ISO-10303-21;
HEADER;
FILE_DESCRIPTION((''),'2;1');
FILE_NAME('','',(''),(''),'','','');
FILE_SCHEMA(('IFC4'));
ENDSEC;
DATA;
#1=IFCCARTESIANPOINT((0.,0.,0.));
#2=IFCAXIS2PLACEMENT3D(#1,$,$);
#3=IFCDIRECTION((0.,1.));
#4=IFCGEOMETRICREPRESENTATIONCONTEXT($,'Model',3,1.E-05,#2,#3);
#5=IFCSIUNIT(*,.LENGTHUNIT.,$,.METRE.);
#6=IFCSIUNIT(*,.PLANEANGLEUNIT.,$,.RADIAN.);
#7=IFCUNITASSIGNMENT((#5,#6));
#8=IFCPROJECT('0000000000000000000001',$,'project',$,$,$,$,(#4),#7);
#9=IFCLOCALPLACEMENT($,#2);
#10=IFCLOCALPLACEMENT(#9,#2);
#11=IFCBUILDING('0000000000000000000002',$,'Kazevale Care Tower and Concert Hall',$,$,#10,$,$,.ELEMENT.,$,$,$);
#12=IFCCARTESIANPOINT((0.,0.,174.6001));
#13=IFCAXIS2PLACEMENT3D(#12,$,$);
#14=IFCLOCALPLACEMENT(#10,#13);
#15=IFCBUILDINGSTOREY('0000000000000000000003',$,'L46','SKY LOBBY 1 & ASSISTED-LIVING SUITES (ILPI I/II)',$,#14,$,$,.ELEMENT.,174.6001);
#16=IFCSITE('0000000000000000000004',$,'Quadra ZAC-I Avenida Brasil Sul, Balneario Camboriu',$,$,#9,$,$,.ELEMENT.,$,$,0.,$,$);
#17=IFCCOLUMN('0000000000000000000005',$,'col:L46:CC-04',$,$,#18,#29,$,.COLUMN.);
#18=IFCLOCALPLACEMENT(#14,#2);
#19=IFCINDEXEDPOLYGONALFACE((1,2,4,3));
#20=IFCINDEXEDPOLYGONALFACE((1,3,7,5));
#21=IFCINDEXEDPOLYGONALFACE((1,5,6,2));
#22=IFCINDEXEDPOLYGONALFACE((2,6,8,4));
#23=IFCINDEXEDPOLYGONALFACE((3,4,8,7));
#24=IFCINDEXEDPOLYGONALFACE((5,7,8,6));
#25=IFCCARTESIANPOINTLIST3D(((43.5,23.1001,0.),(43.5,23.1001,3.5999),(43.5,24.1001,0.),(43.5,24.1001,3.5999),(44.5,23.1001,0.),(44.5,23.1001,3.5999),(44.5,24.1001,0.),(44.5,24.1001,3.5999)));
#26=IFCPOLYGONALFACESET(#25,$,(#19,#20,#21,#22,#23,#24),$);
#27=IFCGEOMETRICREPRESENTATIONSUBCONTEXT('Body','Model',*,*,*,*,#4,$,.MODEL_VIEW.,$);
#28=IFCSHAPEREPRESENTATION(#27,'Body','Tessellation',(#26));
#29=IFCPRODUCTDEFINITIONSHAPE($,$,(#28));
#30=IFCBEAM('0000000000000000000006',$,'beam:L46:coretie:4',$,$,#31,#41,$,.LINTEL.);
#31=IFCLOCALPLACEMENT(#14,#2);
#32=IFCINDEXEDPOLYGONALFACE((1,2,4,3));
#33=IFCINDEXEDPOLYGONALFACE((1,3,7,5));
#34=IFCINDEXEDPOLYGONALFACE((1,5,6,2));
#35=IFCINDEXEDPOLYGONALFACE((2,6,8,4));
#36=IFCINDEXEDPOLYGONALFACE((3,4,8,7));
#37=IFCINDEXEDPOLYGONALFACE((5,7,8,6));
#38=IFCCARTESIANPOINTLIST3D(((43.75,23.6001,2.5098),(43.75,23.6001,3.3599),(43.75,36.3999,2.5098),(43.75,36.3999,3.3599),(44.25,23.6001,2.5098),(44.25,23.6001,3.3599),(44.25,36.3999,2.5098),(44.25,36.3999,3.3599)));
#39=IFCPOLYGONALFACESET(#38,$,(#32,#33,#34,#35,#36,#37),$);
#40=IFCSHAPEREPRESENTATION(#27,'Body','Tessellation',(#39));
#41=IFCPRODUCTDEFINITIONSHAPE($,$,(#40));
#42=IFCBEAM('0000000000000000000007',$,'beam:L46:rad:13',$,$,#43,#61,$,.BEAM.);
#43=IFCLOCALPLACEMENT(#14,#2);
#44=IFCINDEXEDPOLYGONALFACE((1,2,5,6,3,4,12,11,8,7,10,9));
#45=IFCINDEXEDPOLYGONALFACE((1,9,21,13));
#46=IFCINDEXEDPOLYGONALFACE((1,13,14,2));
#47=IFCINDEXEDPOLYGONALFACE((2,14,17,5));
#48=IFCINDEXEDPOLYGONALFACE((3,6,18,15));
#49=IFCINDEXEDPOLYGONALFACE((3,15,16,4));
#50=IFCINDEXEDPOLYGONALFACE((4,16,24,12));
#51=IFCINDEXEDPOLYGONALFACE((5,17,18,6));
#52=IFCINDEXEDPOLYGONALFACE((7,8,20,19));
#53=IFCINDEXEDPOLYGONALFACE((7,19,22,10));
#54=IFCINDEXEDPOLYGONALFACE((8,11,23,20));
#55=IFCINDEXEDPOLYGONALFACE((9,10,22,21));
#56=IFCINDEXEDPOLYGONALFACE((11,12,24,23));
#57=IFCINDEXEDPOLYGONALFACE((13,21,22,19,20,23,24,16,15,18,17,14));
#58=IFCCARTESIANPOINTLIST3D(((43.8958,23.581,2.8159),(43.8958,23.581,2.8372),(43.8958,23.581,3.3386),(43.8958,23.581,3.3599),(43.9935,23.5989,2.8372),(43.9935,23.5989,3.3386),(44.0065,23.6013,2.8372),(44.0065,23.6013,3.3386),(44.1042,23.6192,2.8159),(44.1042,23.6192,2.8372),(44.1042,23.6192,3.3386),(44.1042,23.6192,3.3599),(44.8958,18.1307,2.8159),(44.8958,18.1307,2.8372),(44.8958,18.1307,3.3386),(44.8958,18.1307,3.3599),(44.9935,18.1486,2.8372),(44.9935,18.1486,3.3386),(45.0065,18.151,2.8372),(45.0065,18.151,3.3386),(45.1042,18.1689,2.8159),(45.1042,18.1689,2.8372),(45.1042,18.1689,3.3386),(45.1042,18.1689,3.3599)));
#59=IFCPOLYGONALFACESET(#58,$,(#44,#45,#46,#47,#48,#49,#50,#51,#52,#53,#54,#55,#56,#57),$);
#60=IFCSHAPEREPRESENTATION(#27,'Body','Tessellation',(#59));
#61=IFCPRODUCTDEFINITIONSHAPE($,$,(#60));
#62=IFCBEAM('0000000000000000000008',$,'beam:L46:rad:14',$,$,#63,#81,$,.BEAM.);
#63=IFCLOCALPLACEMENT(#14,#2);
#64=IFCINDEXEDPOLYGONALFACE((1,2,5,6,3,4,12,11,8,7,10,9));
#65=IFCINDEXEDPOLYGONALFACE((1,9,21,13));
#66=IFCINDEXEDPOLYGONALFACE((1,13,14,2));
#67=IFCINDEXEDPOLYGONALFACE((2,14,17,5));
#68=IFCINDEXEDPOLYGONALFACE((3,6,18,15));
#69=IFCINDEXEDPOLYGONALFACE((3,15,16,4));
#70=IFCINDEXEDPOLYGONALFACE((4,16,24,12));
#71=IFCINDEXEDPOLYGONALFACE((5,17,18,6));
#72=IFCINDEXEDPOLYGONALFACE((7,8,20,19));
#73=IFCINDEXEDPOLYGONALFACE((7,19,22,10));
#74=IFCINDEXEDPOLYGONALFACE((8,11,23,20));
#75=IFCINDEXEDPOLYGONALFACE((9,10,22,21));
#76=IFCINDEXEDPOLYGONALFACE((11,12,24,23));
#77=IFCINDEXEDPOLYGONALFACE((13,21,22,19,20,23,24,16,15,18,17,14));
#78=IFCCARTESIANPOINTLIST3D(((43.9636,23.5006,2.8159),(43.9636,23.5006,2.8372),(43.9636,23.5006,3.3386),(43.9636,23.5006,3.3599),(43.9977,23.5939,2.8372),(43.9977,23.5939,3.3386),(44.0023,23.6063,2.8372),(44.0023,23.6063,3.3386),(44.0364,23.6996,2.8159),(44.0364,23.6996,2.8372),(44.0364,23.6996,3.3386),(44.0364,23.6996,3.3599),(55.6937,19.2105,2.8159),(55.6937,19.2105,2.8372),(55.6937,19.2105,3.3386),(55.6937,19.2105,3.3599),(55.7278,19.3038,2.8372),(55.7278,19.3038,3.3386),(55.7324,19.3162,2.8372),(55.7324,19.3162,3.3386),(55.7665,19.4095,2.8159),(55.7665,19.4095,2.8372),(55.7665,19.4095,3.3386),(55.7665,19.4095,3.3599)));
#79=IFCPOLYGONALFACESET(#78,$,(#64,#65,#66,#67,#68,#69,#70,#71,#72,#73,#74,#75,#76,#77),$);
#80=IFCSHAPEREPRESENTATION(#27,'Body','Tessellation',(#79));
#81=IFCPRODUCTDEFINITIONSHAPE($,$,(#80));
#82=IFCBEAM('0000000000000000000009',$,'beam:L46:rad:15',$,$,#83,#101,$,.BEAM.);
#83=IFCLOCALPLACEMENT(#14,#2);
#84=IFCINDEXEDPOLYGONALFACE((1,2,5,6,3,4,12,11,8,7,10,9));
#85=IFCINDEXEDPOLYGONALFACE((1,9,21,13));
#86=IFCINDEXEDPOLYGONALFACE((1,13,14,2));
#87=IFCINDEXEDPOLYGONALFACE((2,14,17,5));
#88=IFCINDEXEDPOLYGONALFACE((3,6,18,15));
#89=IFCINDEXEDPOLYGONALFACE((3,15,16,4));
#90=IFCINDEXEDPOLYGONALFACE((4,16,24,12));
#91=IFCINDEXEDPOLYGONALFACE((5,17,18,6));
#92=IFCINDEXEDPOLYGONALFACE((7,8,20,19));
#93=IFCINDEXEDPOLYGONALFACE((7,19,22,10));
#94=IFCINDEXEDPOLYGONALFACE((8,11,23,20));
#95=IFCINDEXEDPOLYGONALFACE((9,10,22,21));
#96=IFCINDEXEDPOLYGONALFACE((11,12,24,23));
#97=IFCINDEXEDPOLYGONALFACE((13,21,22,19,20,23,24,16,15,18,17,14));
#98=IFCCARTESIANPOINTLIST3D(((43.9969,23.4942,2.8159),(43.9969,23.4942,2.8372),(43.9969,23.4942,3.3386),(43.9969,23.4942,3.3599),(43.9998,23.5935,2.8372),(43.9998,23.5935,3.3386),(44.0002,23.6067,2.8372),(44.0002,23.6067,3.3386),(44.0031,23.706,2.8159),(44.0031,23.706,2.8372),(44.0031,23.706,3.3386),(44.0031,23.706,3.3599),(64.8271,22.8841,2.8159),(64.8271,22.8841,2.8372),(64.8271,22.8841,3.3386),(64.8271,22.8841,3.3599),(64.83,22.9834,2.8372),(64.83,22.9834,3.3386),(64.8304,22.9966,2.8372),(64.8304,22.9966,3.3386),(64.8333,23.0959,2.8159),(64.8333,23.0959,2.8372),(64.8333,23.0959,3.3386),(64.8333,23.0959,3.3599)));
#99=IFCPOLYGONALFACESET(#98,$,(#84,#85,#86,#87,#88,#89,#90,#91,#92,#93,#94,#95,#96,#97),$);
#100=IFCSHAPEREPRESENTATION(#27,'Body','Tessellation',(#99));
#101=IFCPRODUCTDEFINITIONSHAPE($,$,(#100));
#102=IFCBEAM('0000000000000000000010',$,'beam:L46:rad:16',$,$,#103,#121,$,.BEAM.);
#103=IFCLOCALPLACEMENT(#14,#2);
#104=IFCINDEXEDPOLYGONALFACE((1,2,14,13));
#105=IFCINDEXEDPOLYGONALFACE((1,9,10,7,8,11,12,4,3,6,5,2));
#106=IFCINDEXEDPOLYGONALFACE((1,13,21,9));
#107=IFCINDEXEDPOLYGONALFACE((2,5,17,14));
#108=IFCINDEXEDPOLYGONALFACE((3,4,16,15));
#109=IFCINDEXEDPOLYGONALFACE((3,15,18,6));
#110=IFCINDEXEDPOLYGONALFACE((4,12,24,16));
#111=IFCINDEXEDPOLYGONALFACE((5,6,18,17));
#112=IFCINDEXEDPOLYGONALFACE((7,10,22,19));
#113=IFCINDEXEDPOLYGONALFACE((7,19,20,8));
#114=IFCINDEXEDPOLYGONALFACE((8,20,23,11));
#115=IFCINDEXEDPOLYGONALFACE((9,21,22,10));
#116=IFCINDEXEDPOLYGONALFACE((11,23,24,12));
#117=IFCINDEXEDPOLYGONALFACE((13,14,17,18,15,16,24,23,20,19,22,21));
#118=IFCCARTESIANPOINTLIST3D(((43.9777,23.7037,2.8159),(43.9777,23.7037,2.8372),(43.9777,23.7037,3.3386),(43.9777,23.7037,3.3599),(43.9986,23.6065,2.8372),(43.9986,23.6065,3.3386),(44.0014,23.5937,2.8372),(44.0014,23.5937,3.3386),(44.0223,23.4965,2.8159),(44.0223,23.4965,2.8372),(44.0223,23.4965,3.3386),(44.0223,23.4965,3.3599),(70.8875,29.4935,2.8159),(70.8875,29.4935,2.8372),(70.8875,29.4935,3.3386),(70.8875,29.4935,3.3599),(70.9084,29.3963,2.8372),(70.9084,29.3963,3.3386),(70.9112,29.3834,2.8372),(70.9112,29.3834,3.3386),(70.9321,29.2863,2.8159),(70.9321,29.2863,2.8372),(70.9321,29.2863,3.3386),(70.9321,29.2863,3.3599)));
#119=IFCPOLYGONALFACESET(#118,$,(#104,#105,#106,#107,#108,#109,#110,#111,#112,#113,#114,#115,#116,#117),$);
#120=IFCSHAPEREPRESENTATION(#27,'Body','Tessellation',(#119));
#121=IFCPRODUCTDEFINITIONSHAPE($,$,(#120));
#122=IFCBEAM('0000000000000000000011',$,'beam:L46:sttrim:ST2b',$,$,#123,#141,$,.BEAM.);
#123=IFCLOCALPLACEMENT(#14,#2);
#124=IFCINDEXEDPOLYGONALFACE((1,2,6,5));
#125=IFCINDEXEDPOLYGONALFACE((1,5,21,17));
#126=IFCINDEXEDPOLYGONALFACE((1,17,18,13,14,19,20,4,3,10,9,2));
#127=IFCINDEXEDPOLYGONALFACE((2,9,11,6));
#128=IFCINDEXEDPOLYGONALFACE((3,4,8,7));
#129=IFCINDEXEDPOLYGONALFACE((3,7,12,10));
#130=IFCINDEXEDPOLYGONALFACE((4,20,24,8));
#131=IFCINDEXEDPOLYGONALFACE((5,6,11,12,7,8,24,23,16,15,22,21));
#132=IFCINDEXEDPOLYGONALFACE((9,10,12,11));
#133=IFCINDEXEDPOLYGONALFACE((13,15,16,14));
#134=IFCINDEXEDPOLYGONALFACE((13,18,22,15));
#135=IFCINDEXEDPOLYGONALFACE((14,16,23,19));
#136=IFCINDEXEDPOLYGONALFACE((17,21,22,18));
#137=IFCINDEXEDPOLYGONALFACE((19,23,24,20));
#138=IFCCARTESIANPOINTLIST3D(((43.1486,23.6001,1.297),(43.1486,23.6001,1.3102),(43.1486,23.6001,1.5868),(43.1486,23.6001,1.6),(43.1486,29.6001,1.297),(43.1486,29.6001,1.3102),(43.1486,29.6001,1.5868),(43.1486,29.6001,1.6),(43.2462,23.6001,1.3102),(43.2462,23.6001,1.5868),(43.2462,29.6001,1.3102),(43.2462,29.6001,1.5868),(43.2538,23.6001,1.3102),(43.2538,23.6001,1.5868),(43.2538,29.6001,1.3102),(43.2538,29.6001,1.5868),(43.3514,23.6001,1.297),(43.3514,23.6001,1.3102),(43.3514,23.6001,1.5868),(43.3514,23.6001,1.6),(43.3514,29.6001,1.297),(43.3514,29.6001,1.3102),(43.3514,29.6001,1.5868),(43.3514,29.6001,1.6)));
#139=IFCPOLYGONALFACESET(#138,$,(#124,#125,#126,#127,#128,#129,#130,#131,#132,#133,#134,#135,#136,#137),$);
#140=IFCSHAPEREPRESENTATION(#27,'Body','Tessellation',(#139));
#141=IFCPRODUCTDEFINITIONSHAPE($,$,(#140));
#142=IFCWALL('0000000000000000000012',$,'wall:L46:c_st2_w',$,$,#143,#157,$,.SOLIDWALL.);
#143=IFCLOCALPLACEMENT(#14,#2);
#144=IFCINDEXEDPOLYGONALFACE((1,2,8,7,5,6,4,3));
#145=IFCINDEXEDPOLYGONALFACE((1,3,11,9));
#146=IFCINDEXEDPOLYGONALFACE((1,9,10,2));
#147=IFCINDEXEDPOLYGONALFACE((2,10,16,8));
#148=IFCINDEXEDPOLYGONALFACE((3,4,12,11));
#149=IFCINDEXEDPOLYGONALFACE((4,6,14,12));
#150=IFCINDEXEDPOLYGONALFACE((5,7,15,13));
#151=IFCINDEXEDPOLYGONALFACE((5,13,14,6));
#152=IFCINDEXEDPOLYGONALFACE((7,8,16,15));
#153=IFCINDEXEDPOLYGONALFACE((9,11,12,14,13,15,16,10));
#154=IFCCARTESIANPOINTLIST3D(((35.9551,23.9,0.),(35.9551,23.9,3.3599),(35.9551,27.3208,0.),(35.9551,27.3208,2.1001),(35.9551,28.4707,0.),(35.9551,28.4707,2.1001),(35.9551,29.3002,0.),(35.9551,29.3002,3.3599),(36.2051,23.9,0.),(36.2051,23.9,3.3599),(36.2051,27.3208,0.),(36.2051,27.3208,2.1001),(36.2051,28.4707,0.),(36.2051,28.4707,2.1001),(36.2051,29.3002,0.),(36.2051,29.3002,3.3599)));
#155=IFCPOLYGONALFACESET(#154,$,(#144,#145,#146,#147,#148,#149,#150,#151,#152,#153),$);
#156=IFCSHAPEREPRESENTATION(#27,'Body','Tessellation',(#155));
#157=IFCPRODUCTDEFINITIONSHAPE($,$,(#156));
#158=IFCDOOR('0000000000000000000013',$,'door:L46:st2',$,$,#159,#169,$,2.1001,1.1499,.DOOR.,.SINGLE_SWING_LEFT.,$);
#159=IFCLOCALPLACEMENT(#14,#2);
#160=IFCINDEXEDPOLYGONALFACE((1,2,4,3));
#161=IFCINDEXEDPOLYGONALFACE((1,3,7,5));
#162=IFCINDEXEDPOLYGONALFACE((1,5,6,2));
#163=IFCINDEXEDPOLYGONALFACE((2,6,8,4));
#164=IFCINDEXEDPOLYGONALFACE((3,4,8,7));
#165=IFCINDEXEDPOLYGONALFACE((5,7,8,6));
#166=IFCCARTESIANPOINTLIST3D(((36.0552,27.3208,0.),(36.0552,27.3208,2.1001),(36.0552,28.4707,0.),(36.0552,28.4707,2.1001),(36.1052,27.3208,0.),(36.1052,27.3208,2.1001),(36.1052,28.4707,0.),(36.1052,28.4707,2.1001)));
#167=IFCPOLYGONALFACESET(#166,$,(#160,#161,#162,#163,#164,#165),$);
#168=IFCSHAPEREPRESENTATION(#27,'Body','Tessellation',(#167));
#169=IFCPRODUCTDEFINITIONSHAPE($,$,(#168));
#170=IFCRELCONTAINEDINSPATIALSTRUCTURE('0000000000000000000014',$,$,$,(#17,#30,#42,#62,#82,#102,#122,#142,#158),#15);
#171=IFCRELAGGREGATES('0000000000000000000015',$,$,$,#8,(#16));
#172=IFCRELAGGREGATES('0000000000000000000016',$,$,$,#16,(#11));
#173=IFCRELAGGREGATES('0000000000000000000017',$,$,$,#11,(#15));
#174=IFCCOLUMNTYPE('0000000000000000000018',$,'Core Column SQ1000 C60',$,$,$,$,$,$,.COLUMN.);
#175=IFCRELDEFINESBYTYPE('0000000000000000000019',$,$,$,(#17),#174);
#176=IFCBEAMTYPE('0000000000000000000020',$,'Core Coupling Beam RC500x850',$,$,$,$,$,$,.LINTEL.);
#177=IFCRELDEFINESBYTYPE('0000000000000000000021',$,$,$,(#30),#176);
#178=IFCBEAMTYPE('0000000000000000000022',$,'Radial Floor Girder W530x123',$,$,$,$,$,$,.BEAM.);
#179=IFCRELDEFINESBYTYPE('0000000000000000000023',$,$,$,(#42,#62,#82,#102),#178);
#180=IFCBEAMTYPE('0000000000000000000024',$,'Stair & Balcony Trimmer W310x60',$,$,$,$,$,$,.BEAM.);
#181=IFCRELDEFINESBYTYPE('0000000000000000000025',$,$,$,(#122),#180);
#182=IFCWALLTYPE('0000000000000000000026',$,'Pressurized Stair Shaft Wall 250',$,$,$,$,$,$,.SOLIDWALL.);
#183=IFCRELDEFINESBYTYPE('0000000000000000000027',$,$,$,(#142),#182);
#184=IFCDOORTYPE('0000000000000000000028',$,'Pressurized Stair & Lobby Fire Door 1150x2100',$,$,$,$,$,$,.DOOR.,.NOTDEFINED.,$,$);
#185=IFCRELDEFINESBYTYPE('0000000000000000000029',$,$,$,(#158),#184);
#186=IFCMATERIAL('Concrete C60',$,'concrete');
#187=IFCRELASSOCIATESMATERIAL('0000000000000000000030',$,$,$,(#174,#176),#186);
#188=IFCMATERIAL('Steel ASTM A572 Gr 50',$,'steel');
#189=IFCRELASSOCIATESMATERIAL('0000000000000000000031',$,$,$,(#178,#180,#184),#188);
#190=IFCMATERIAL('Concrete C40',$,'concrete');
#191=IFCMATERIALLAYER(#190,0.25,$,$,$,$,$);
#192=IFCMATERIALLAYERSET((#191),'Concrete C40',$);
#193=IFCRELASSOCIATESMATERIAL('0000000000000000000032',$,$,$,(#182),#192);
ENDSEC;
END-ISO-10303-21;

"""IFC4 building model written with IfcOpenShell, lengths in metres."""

from ifc_helpers import new_model, si_unit, direction, frame, frame_2d, origin, origin_2d, place, context, subcontext, project, spatial, rectangle, i_section, extrude, material, layer, layer_set, material_profile, profile_set, type_object, element, fill, save


model = new_model("IFC4")

# Units and contexts
model_context = context("Model", 3, precision=1e-05, world=origin(), true_north=direction((0.0, 1.0)))
body_context = subcontext(model_context, "Body", "Model", "MODEL_VIEW")
ifc_project = project(units=[si_unit("LENGTHUNIT", "METRE"), si_unit("PLANEANGLEUNIT", "RADIAN")], contexts=[model_context])

# Site, building, storey
site_placement = place(None, origin())
site = spatial("IfcSite", under=ifc_project, at=site_placement, Name="Quadra ZAC-I Avenida Brasil Sul, Balneario Camboriu", CompositionType="ELEMENT", RefElevation=0.0)
building_placement = place(site_placement, origin())
building = spatial("IfcBuilding", under=site, at=building_placement, Name="Kazevale Care Tower and Concert Hall", CompositionType="ELEMENT")
storey_placement = place(building_placement, frame((0.0, 0.0, 174.6001)))
storey = spatial("IfcBuildingStorey", under=building, at=storey_placement, Name="L46", Description="SKY LOBBY 1 & ASSISTED-LIVING SUITES (ILPI I/II)", CompositionType="ELEMENT", Elevation=174.6001)

# Column
ifc_material_1 = material(Name="Concrete C60", Category="concrete")
ifc_material_profile_1 = material_profile(ifc_material_1, rectangle(XDim=1.0, YDim=1.0, at=origin_2d()), Name="RC-SQ1000")
ifc_profile_set_1 = profile_set([ifc_material_profile_1], Name="Concrete C60")
column_type = type_object("IfcColumnType", Name="Core Column SQ1000 C60", PredefinedType="COLUMN", material=ifc_profile_set_1)
column_placement = place(storey_placement, frame((44.0, 23.6001, 0.0), z_axis=(0.0, 0.0, 1.0), x_axis=(1.0, 0.0, 0.0)))
element("IfcColumn", 1, at=column_placement, inside=storey, type_object=column_type, Name="col:L46:CC-04", PredefinedType="COLUMN", context=body_context, shape_type="SweptSolid", body=[
    extrude(rectangle(XDim=1.0, YDim=1.0, at=origin_2d()), origin(), (0.0, 0.0, 1.0), 3.5999),
])

# Beams
ifc_material_profile_2 = material_profile(ifc_material_1, rectangle(XDim=0.5, YDim=0.8501, at=origin_2d()), Name="RC-B500x850")
ifc_profile_set_2 = profile_set([ifc_material_profile_2], Name="Concrete C60")
beam_type_1 = type_object("IfcBeamType", Name="Core Coupling Beam RC500x850", PredefinedType="LINTEL", material=ifc_profile_set_2)
beam_1_placement = place(storey_placement, frame((44.0, 23.6001, 2.9348), z_axis=(0.0, 1.0, 0.0), x_axis=(-1.0, 0.0, 0.0)))
element("IfcBeam", 2, at=beam_1_placement, inside=storey, type_object=beam_type_1, Name="beam:L46:coretie:4", PredefinedType="LINTEL", context=body_context, shape_type="SweptSolid", body=[
    extrude(rectangle(XDim=0.5, YDim=0.8501, at=origin_2d()), origin(), (0.0, 0.0, 1.0), 12.7998),
])
ifc_material_2 = material(Name="Steel ASTM A572 Gr 50", Category="steel")
ifc_material_profile_3 = material_profile(ifc_material_2, i_section(OverallWidth=0.2119, OverallDepth=0.5439, WebThickness=0.0132, FlangeThickness=0.0212, at=origin_2d()), Name="W530x123")
ifc_profile_set_3 = profile_set([ifc_material_profile_3], Name="Steel ASTM A572 Gr 50")
beam_type_2 = type_object("IfcBeamType", Name="Radial Floor Girder W530x123", PredefinedType="BEAM", material=ifc_profile_set_3)
beam_2_placement = place(storey_placement, frame((44.0, 23.6001, 3.0879), z_axis=(0.180467, -0.983581, 0.0), x_axis=(0.983581, 0.180467, 0.0)))
element("IfcBeam", 3, at=beam_2_placement, inside=storey, type_object=beam_type_2, Name="beam:L46:rad:13", PredefinedType="BEAM", context=body_context, shape_type="SweptSolid", body=[
    extrude(i_section(OverallWidth=0.2119, OverallDepth=0.5439, WebThickness=0.0132, FlangeThickness=0.0212, at=origin_2d()), origin(), (0.0, 0.0, 1.0), 5.5413),
])
beam_3_placement = place(storey_placement, frame((44.0, 23.6001, 3.0879), z_axis=(0.939159, -0.343481, 0.0), x_axis=(0.343481, 0.939159, 0.0)))
element("IfcBeam", 4, at=beam_3_placement, inside=storey, type_object=beam_type_2, Name="beam:L46:rad:14", PredefinedType="BEAM", context=body_context, shape_type="SweptSolid", body=[
    extrude(i_section(OverallWidth=0.2119, OverallDepth=0.5439, WebThickness=0.0132, FlangeThickness=0.0212, at=origin_2d()), origin(), (0.0, 0.0, 1.0), 12.49),
])
beam_4_placement = place(storey_placement, frame((44.0, 23.6001, 3.0879), z_axis=(0.999571, -0.029277, 0.0), x_axis=(0.029277, 0.999571, 0.0)))
element("IfcBeam", 5, at=beam_4_placement, inside=storey, type_object=beam_type_2, Name="beam:L46:rad:15", PredefinedType="BEAM", context=body_context, shape_type="SweptSolid", body=[
    extrude(i_section(OverallWidth=0.2119, OverallDepth=0.5439, WebThickness=0.0132, FlangeThickness=0.0212, at=origin_2d()), origin(), (0.0, 0.0, 1.0), 20.8391),
])
beam_5_placement = place(storey_placement, frame((44.0, 23.6001, 3.0879), z_axis=(0.977628, 0.210341, 0.0), x_axis=(-0.210341, 0.977628, 0.0)))
element("IfcBeam", 6, at=beam_5_placement, inside=storey, type_object=beam_type_2, Name="beam:L46:rad:16", PredefinedType="BEAM", context=body_context, shape_type="SweptSolid", body=[
    extrude(i_section(OverallWidth=0.2119, OverallDepth=0.5439, WebThickness=0.0132, FlangeThickness=0.0212, at=origin_2d()), origin(), (0.0, 0.0, 1.0), 27.5256),
])
ifc_material_profile_4 = material_profile(ifc_material_2, i_section(OverallWidth=0.2029, OverallDepth=0.303, WebThickness=0.0076, FlangeThickness=0.0132, at=origin_2d()), Name="W310x60")
ifc_profile_set_4 = profile_set([ifc_material_profile_4], Name="Steel ASTM A572 Gr 50")
beam_type_3 = type_object("IfcBeamType", Name="Stair & Balcony Trimmer W310x60", PredefinedType="BEAM", material=ifc_profile_set_4)
beam_6_placement = place(storey_placement, frame((43.25, 23.6001, 1.4485), z_axis=(0.0, 1.0, 0.0), x_axis=(-1.0, 0.0, 0.0)))
element("IfcBeam", 7, at=beam_6_placement, inside=storey, type_object=beam_type_3, Name="beam:L46:sttrim:ST2b", PredefinedType="BEAM", context=body_context, shape_type="SweptSolid", body=[
    extrude(i_section(OverallWidth=0.2029, OverallDepth=0.303, WebThickness=0.0076, FlangeThickness=0.0132, at=origin_2d()), origin(), (0.0, 0.0, 1.0), 6.0),
])

# Wall, opening, door
ifc_material_3 = material(Name="Concrete C40", Category="concrete")
ifc_layer_1 = layer(ifc_material_3, 0.25)
ifc_layer_set_1 = layer_set([ifc_layer_1], Name="Concrete C40")
wall_type_1 = type_object("IfcWallType", Name="Pressurized Stair Shaft Wall 250", PredefinedType="SOLIDWALL", material=ifc_layer_set_1)
wall_1_placement = place(storey_placement, frame((36.0801, 23.8999, 0.0), z_axis=(0.0, 0.0, 1.0), x_axis=(0.0, 1.0, 0.0)))
wall_1 = element("IfcWall", 8, at=wall_1_placement, inside=storey, type_object=wall_type_1, Name="wall:L46:c_st2_w", PredefinedType="SOLIDWALL", context=body_context, shape_type="SweptSolid", body=[
    extrude(rectangle(XDim=5.4001, YDim=0.25, at=frame_2d((2.7002, 0.0))), origin(), (0.0, 0.0, 1.0), 3.3599),
])
opening_1_placement = place(wall_1_placement, frame((3.4209, 0.0, 0.0)))
opening_1 = element("IfcOpeningElement", 9, at=opening_1_placement, cuts=wall_1, PredefinedType="OPENING", context=body_context, shape_type="SweptSolid", body=[
    extrude(rectangle(XDim=1.1499, YDim=2.1001, at=frame_2d((0.575, 1.05))), frame((0.0, 0.135, 0.0), z_axis=(0.0, -1.0, 0.0), x_axis=(1.0, 0.0, 0.0)), (0.0, 0.0, 1.0), 0.27),
])
door_type_1 = type_object("IfcDoorType", Name="Pressurized Stair & Lobby Fire Door 1150x2100", OperationType="NOTDEFINED", PredefinedType="DOOR", material=ifc_material_2)
door_1_placement = place(opening_1_placement, origin())
door_1 = element("IfcDoor", 10, at=door_1_placement, inside=storey, type_object=door_type_1, Name="door:L46:st2", OperationType="SINGLE_SWING_LEFT", OverallHeight=2.1001, OverallWidth=1.1499, PredefinedType="DOOR", context=body_context, shape_type="SweptSolid", body=[
    extrude(rectangle(XDim=1.1499, YDim=2.1001, at=frame_2d((0.575, 1.05))), frame((0.0, 0.0249, 0.0), z_axis=(0.0, -1.0, 0.0), x_axis=(1.0, 0.0, 0.0)), (0.0, 0.0, 1.0), 0.05),
])
fill(opening_1, door_1)

save(model, "model.ifc")
